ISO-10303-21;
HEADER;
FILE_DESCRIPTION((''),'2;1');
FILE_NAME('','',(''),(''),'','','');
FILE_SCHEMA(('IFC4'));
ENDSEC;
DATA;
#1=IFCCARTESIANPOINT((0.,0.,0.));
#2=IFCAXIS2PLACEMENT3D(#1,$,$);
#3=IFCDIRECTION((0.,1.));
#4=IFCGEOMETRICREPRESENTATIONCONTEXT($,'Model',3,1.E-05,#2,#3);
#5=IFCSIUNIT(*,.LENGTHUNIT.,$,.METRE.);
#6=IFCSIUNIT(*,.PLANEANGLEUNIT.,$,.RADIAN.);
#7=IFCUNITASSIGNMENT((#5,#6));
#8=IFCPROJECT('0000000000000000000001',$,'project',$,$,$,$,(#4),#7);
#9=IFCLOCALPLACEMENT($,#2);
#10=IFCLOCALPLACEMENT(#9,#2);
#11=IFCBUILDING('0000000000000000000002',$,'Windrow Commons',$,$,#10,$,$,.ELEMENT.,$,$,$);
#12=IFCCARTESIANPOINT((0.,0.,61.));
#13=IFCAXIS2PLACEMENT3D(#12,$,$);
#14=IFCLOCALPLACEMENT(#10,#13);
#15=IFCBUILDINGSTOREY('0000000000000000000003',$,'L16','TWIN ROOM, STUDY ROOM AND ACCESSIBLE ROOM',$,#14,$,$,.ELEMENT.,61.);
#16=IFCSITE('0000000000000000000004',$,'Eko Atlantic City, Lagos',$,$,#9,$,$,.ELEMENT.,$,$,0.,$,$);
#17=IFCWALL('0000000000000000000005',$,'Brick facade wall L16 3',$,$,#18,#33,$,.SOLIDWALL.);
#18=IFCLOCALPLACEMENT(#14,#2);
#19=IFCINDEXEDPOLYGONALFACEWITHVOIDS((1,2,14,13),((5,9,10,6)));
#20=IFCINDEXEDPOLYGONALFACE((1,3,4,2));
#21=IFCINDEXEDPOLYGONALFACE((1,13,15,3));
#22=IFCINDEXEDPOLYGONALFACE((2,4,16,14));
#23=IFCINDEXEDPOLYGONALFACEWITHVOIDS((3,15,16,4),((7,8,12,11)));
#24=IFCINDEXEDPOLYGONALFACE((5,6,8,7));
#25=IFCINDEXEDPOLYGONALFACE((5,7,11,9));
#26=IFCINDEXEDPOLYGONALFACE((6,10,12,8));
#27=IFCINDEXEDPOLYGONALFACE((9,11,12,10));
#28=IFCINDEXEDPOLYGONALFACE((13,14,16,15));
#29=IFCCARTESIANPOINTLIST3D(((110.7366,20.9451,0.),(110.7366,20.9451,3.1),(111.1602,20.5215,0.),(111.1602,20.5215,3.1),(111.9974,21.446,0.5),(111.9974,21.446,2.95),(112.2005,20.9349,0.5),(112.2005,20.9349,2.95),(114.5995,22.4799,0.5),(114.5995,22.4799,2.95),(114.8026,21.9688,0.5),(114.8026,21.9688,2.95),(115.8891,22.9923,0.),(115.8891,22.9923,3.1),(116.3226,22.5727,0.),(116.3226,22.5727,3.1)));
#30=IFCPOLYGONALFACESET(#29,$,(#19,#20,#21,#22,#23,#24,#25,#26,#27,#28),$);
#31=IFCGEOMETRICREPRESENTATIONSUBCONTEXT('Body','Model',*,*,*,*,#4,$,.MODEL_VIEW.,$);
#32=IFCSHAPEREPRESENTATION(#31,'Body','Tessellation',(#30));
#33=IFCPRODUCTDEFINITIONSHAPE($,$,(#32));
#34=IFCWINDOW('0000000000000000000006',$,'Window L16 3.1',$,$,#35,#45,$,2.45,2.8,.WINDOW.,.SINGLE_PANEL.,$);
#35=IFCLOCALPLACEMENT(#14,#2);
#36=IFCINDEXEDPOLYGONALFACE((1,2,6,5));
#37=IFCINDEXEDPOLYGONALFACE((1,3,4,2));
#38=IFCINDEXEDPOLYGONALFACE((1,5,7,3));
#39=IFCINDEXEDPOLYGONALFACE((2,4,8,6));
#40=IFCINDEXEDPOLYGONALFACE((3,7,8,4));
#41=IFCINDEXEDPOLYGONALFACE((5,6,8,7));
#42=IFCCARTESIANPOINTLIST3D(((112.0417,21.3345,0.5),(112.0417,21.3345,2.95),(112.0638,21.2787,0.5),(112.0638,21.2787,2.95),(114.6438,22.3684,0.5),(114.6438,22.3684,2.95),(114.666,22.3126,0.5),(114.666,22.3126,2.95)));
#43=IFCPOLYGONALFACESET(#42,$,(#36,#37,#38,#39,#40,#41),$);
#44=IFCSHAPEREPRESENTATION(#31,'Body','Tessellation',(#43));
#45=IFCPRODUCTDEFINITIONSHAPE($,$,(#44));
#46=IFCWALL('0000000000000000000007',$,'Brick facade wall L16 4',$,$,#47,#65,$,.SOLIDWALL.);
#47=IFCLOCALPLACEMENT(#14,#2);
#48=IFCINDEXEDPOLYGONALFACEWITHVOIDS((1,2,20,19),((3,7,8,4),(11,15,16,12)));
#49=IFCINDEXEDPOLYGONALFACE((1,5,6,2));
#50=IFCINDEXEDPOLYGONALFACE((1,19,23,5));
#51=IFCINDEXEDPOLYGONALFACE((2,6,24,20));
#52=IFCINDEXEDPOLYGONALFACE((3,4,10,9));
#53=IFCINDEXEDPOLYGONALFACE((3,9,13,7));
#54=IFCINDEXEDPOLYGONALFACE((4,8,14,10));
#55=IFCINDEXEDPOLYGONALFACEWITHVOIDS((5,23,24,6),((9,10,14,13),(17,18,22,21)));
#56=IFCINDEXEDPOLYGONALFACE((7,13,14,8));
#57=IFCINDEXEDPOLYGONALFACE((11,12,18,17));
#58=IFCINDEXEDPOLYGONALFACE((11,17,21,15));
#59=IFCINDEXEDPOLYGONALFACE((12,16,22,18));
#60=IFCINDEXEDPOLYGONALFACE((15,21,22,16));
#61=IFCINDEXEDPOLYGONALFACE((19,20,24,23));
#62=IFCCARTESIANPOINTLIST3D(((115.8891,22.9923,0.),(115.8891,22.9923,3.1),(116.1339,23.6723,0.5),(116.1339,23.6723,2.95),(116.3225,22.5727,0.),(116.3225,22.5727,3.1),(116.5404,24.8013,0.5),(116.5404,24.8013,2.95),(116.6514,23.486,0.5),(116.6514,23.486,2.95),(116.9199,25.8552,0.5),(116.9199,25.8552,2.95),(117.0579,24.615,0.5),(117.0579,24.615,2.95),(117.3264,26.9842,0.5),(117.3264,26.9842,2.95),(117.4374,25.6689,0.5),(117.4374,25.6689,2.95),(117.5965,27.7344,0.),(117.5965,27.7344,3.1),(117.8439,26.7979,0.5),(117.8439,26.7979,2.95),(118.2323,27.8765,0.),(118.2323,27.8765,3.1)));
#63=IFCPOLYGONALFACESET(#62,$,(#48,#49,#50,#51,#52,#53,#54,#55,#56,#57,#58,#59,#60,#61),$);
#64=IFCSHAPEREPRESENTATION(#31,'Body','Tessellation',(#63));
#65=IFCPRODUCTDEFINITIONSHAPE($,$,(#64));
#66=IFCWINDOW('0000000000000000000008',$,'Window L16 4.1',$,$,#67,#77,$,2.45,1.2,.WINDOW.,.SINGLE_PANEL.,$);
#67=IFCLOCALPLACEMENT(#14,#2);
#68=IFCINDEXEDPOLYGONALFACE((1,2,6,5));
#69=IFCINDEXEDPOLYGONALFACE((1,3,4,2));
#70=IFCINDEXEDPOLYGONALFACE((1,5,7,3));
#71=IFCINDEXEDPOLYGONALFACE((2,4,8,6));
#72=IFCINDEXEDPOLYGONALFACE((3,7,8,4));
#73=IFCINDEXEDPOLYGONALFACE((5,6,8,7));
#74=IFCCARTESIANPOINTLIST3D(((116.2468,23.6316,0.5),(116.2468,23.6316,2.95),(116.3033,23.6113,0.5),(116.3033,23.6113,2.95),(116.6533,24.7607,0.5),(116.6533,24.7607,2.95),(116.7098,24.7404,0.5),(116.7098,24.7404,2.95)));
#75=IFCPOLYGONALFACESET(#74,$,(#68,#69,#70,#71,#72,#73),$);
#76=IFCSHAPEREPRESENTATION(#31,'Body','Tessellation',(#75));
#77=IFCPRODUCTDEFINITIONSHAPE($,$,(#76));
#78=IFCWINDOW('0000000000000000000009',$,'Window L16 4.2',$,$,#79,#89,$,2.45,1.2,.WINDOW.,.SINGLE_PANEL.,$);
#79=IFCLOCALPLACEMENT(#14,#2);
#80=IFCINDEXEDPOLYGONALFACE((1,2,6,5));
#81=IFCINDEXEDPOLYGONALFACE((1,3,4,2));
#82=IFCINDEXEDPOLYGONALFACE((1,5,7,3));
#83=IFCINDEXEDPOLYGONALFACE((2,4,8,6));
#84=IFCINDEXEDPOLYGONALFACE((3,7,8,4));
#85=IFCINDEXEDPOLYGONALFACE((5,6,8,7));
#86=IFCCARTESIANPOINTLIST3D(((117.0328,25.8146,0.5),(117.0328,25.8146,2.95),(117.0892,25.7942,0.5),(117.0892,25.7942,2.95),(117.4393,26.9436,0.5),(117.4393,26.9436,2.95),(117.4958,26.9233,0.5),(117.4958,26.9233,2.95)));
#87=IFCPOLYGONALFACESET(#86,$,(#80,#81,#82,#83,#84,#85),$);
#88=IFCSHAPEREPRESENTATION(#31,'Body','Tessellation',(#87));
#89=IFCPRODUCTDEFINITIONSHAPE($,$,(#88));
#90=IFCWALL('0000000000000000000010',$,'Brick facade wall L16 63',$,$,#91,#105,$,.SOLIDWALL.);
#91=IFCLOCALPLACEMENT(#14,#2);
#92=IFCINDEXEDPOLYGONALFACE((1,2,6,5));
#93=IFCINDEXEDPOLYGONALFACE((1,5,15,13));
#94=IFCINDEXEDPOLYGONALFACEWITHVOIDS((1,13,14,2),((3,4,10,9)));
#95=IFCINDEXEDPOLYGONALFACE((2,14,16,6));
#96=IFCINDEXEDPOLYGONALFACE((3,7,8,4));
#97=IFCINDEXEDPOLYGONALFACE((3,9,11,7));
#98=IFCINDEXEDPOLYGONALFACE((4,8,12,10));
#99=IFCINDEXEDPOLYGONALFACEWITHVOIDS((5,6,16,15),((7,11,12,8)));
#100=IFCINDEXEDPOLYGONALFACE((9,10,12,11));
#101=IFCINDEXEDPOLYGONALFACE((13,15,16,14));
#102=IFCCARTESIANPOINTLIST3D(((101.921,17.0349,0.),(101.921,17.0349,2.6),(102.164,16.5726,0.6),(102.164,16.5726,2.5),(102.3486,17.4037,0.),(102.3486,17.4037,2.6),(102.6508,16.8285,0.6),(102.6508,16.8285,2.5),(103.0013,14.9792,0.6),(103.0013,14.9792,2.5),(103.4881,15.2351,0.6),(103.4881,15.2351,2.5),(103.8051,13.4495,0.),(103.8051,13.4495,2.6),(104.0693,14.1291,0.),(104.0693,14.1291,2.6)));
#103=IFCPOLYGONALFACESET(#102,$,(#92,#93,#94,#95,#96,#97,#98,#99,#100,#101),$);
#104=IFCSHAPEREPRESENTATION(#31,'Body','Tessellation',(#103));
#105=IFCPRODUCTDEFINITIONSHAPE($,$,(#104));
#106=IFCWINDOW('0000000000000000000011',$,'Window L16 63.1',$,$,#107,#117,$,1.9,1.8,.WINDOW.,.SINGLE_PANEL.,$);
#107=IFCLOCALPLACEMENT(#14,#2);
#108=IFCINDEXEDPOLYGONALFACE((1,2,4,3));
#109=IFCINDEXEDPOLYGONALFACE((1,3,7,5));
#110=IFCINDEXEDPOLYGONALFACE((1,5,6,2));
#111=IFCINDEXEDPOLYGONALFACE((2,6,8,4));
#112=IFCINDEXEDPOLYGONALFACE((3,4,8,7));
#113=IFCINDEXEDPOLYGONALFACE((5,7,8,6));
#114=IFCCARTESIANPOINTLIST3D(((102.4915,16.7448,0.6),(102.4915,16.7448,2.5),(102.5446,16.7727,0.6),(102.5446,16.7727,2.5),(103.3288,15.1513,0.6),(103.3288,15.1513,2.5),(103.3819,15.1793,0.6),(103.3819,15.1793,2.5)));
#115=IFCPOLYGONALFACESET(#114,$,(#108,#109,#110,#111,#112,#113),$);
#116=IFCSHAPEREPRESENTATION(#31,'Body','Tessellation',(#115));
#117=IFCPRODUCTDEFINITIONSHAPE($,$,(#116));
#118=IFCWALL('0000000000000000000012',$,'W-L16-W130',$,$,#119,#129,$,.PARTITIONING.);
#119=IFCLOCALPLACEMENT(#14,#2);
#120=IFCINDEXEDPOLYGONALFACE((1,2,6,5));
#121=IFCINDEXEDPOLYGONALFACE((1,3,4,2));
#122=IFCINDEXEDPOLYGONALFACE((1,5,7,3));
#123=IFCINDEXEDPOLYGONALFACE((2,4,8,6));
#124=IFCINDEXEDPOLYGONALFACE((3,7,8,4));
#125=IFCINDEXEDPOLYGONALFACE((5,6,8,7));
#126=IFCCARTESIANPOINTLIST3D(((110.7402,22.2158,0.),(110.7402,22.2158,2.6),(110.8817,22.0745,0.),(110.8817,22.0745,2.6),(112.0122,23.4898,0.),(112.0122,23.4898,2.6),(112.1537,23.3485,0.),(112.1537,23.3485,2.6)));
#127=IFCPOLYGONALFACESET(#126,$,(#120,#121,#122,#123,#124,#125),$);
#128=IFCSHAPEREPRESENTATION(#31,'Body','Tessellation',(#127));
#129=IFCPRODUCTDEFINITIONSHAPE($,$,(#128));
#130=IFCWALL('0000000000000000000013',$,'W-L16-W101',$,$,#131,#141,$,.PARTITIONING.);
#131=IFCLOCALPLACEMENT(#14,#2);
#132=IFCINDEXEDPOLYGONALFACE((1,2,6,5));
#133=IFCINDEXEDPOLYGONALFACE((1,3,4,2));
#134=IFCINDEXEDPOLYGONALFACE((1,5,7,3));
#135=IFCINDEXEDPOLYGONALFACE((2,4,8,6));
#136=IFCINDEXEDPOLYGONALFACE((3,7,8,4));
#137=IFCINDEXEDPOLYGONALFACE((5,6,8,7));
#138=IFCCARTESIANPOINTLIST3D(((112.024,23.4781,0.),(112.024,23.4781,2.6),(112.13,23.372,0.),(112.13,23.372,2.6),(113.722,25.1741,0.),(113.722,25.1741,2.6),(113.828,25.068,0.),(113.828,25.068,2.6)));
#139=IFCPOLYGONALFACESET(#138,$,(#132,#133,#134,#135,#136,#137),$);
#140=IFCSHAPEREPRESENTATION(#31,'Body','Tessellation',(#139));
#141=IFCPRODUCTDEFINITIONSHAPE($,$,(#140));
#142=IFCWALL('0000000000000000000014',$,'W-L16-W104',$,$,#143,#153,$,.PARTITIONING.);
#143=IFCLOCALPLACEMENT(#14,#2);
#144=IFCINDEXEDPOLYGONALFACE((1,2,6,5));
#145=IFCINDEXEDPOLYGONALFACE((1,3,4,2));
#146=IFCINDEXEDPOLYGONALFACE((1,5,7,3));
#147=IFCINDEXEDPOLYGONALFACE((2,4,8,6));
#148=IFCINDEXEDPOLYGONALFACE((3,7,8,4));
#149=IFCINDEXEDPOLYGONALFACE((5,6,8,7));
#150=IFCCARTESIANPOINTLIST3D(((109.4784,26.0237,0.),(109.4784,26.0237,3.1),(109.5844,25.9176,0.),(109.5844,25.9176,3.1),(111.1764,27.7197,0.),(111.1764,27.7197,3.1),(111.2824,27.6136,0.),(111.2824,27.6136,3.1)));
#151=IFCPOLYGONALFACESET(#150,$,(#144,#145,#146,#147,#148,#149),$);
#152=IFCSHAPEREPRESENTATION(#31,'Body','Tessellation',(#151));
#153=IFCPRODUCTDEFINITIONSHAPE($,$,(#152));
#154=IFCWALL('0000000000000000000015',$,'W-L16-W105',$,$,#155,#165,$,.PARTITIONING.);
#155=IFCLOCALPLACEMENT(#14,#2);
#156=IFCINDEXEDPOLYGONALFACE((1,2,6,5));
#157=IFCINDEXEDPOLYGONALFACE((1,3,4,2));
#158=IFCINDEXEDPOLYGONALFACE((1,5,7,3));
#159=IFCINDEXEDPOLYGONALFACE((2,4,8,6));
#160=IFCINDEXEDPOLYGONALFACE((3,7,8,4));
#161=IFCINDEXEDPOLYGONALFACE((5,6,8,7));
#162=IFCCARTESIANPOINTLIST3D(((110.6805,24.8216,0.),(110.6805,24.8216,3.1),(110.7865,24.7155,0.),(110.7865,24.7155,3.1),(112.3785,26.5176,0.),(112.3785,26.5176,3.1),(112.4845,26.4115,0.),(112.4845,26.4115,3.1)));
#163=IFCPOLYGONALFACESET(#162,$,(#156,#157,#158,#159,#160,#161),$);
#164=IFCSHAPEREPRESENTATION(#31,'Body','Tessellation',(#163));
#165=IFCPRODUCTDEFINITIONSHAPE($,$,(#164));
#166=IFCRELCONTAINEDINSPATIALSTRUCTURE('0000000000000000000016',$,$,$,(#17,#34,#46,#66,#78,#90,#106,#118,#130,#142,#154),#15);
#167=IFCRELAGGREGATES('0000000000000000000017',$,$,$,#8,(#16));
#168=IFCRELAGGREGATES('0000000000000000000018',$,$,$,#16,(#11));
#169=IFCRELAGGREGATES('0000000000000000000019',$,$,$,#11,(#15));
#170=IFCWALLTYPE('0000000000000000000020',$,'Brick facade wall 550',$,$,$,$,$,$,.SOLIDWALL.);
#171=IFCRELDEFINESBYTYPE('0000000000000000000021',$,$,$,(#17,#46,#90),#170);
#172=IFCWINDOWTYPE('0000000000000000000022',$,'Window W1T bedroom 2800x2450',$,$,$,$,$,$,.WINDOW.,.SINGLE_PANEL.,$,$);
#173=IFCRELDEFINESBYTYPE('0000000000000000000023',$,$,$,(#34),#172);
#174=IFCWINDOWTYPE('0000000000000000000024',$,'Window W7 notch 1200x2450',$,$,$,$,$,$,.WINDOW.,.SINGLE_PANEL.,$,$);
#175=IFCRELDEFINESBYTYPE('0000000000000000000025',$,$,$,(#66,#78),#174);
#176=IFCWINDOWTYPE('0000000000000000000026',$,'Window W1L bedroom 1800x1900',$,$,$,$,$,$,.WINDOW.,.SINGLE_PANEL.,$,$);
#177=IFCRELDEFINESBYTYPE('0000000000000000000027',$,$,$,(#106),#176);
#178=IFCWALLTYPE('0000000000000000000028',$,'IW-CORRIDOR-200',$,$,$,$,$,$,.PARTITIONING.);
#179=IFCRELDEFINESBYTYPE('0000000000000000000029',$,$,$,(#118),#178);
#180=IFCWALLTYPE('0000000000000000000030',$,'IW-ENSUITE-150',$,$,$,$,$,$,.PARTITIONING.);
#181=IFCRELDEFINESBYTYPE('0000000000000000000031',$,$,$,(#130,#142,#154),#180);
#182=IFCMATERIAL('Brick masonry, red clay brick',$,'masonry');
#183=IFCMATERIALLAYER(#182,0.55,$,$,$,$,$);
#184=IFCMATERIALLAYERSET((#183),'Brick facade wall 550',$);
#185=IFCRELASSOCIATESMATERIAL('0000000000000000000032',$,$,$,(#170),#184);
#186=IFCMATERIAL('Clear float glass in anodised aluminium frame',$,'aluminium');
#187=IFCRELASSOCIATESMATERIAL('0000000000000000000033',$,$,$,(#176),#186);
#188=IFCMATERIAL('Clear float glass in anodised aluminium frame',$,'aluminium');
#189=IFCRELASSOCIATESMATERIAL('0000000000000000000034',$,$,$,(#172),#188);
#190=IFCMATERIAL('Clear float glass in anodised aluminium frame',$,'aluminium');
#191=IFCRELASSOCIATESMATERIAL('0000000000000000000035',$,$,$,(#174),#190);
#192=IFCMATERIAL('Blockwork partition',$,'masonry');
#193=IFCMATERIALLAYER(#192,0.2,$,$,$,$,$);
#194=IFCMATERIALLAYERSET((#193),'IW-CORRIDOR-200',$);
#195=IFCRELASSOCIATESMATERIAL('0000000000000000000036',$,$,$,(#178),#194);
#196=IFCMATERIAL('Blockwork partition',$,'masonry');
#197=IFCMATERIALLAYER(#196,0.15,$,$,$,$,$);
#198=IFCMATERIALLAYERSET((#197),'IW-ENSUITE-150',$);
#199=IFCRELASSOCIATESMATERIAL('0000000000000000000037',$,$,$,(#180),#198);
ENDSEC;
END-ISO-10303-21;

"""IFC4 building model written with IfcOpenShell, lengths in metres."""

from ifc_helpers import new_model, si_unit, direction, frame, frame_2d, origin, place, context, subcontext, project, spatial, polyline, rectangle, outline, extrude, material, layer, layer_set, type_object, element, fill, save


model = new_model("IFC4")

# Units and contexts
model_context = context("Model", 3, precision=1e-05, world=origin(), true_north=direction((0.0, 1.0)))
body_context = subcontext(model_context, "Body", "Model", "MODEL_VIEW")
ifc_project = project(units=[si_unit("LENGTHUNIT", "METRE"), si_unit("PLANEANGLEUNIT", "RADIAN")], contexts=[model_context])

# Site, building, storey
site_placement = place(None, origin())
site = spatial("IfcSite", under=ifc_project, at=site_placement, Name="Eko Atlantic City, Lagos", CompositionType="ELEMENT", RefElevation=0.0)
building_placement = place(site_placement, origin())
building = spatial("IfcBuilding", under=site, at=building_placement, Name="Windrow Commons", CompositionType="ELEMENT")
storey_placement = place(building_placement, frame((0.0, 0.0, 61.0)))
storey = spatial("IfcBuildingStorey", under=building, at=storey_placement, Name="L16", Description="TWIN ROOM, STUDY ROOM AND ACCESSIBLE ROOM", CompositionType="ELEMENT", Elevation=61.0)

# Shared definitions
ifc_material_1 = material(Name="Brick masonry, red clay brick", Category="masonry")
ifc_layer_1 = layer(ifc_material_1, 0.55)
ifc_layer_set_1 = layer_set([ifc_layer_1], Name="Brick facade wall 550")
wall_type_1 = type_object("IfcWallType", Name="Brick facade wall 550", PredefinedType="SOLIDWALL", material=ifc_layer_set_1)
ifc_material_2 = material(Name="Clear float glass in anodised aluminium frame", Category="aluminium")
window_type_1 = type_object("IfcWindowType", Name="Window W1L bedroom 1800x1900", PartitioningType="SINGLE_PANEL", PredefinedType="WINDOW", material=ifc_material_2)

# Wall, opening, window
wall_1_placement = place(storey_placement, frame((110.9484, 20.7333, 0.0), z_axis=(0.0, 0.0, 1.0), x_axis=(0.929329, 0.369252, 0.0)))
wall_1 = element("IfcWall", 1, at=wall_1_placement, inside=storey, type_object=wall_type_1, Name="Brick facade wall L16 3", PredefinedType="SOLIDWALL", context=body_context, shape_type="SweptSolid", body=[
    extrude(outline(polyline([(0.1186, -0.275), (5.6736, -0.275), (5.4257, 0.275), (-0.1186, 0.275), (0.1186, -0.275)])), origin(), (0.0, 0.0, 1.0), 3.1),
])
opening_1_placement = place(wall_1_placement, frame((1.238, 0.0, 0.5)))
opening_1 = element("IfcOpeningElement", 2, at=opening_1_placement, cuts=wall_1, PredefinedType="OPENING", context=body_context, shape_type="SweptSolid", body=[
    extrude(rectangle(XDim=2.8, YDim=2.45, at=frame_2d((1.4, 1.225))), frame((0.0, 0.285, 0.0), z_axis=(0.0, -1.0, 0.0), x_axis=(1.0, 0.0, 0.0)), (0.0, 0.0, 1.0), 0.57),
])
ifc_material_3 = material(Name="Clear float glass in anodised aluminium frame", Category="aluminium")
window_type_2 = type_object("IfcWindowType", Name="Window W1T bedroom 2800x2450", PartitioningType="SINGLE_PANEL", PredefinedType="WINDOW", material=ifc_material_3)
window_1_placement = place(opening_1_placement, origin())
window_1 = element("IfcWindow", 3, at=window_1_placement, inside=storey, type_object=window_type_2, Name="Window L16 3.1", OverallHeight=2.45, OverallWidth=2.8, PartitioningType="SINGLE_PANEL", PredefinedType="WINDOW", context=body_context, shape_type="SweptSolid", body=[
    extrude(rectangle(XDim=2.8, YDim=2.45, at=frame_2d((1.4, 1.225))), frame((0.0, 0.155, 0.0), z_axis=(0.0, -1.0, 0.0), x_axis=(1.0, 0.0, 0.0)), (0.0, 0.0, 1.0), 0.06),
])
fill(opening_1, window_1)

# Wall, openings, windows
wall_2_placement = place(storey_placement, frame((116.1058, 22.7825, 0.0), z_axis=(0.0, 0.0, 1.0), x_axis=(0.338773, 0.940868, 0.0)))
wall_2 = element("IfcWall", 4, at=wall_2_placement, inside=storey, type_object=wall_type_1, Name="Brick facade wall L16 4", PredefinedType="SOLIDWALL", context=body_context, shape_type="SweptSolid", body=[
    extrude(outline(polyline([(-0.124, -0.275), (5.5132, -0.275), (5.1641, 0.275), (0.124, 0.275), (-0.124, -0.275)])), origin(), (0.0, 0.0, 1.0), 3.1),
])
opening_2_placement = place(wall_2_placement, frame((0.8467, 0.0, 0.5)))
opening_2 = element("IfcOpeningElement", 5, at=opening_2_placement, cuts=wall_2, PredefinedType="OPENING", context=body_context, shape_type="SweptSolid", body=[
    extrude(rectangle(XDim=1.2, YDim=2.45, at=frame_2d((0.6, 1.225))), frame((0.0, 0.285, 0.0), z_axis=(0.0, -1.0, 0.0), x_axis=(1.0, 0.0, 0.0)), (0.0, 0.0, 1.0), 0.57),
])
opening_3_placement = place(wall_2_placement, frame((3.1668, 0.0, 0.5)))
opening_3 = element("IfcOpeningElement", 6, at=opening_3_placement, cuts=wall_2, PredefinedType="OPENING", context=body_context, shape_type="SweptSolid", body=[
    extrude(rectangle(XDim=1.2, YDim=2.45, at=frame_2d((0.6, 1.225))), frame((0.0, 0.285, 0.0), z_axis=(0.0, -1.0, 0.0), x_axis=(1.0, 0.0, 0.0)), (0.0, 0.0, 1.0), 0.57),
])
ifc_material_4 = material(Name="Clear float glass in anodised aluminium frame", Category="aluminium")
window_type_3 = type_object("IfcWindowType", Name="Window W7 notch 1200x2450", PartitioningType="SINGLE_PANEL", PredefinedType="WINDOW", material=ifc_material_4)
window_2_placement = place(opening_2_placement, origin())
window_2 = element("IfcWindow", 7, at=window_2_placement, inside=storey, type_object=window_type_3, Name="Window L16 4.1", OverallHeight=2.45, OverallWidth=1.2, PartitioningType="SINGLE_PANEL", PredefinedType="WINDOW", context=body_context, shape_type="SweptSolid", body=[
    extrude(rectangle(XDim=1.2, YDim=2.45, at=frame_2d((0.6, 1.225))), frame((0.0, 0.155, 0.0), z_axis=(0.0, -1.0, 0.0), x_axis=(1.0, 0.0, 0.0)), (0.0, 0.0, 1.0), 0.06),
])
fill(opening_2, window_2)
window_3_placement = place(opening_3_placement, origin())
window_3 = element("IfcWindow", 8, at=window_3_placement, inside=storey, type_object=window_type_3, Name="Window L16 4.2", OverallHeight=2.45, OverallWidth=1.2, PartitioningType="SINGLE_PANEL", PredefinedType="WINDOW", context=body_context, shape_type="SweptSolid", body=[
    extrude(rectangle(XDim=1.2, YDim=2.45, at=frame_2d((0.6, 1.225))), frame((0.0, 0.155, 0.0), z_axis=(0.0, -1.0, 0.0), x_axis=(1.0, 0.0, 0.0)), (0.0, 0.0, 1.0), 0.06),
])
fill(opening_3, window_3)

# Wall, opening, window
wall_3_placement = place(storey_placement, frame((102.1348, 17.2193, 0.0), z_axis=(0.0, 0.0, 1.0), x_axis=(0.465168, -0.885223, 0.0)))
wall_3 = element("IfcWall", 9, at=wall_3_placement, inside=storey, type_object=wall_type_1, Name="Brick facade wall L16 63", PredefinedType="SOLIDWALL", context=body_context, shape_type="SweptSolid", body=[
    extrude(outline(polyline([(0.0638, -0.275), (4.1141, -0.275), (3.6354, 0.275), (-0.0638, 0.275), (0.0638, -0.275)])), origin(), (0.0, 0.0, 1.0), 2.6),
])
opening_4_placement = place(wall_3_placement, frame((0.586, 0.0, 0.6)))
opening_4 = element("IfcOpeningElement", 10, at=opening_4_placement, cuts=wall_3, PredefinedType="OPENING", context=body_context, shape_type="SweptSolid", body=[
    extrude(rectangle(XDim=1.8, YDim=1.9, at=frame_2d((0.9, 0.95))), frame((0.0, 0.285, 0.0), z_axis=(0.0, -1.0, 0.0), x_axis=(1.0, 0.0, 0.0)), (0.0, 0.0, 1.0), 0.57),
])
window_4_placement = place(opening_4_placement, origin())
window_4 = element("IfcWindow", 11, at=window_4_placement, inside=storey, type_object=window_type_1, Name="Window L16 63.1", OverallHeight=1.9, OverallWidth=1.8, PartitioningType="SINGLE_PANEL", PredefinedType="WINDOW", context=body_context, shape_type="SweptSolid", body=[
    extrude(rectangle(XDim=1.8, YDim=1.9, at=frame_2d((0.9, 0.95))), frame((0.0, 0.155, 0.0), z_axis=(0.0, -1.0, 0.0), x_axis=(1.0, 0.0, 0.0)), (0.0, 0.0, 1.0), 0.06),
])
fill(opening_4, window_4)

# Walls
ifc_material_5 = material(Name="Blockwork partition", Category="masonry")
ifc_layer_2 = layer(ifc_material_5, 0.2)
ifc_layer_set_2 = layer_set([ifc_layer_2], Name="IW-CORRIDOR-200")
wall_type_2 = type_object("IfcWallType", Name="IW-CORRIDOR-200", PredefinedType="PARTITIONING", material=ifc_layer_set_2)
wall_4_placement = place(storey_placement, frame((110.8109, 22.1451, 0.0), z_axis=(0.0, 0.0, 1.0), x_axis=(0.706551, 0.707662, 0.0)))
element("IfcWall", 12, at=wall_4_placement, inside=storey, type_object=wall_type_2, Name="W-L16-W130", PredefinedType="PARTITIONING", context=body_context, shape_type="SweptSolid", body=[
    extrude(rectangle(XDim=1.8003, YDim=0.2, at=frame_2d((0.9002, 0.0))), origin(), (0.0, 0.0, 1.0), 2.6),
])
ifc_material_6 = material(Name="Blockwork partition", Category="masonry")
ifc_layer_3 = layer(ifc_material_6, 0.15)
ifc_layer_set_3 = layer_set([ifc_layer_3], Name="IW-ENSUITE-150")
wall_type_3 = type_object("IfcWallType", Name="IW-ENSUITE-150", PredefinedType="PARTITIONING", material=ifc_layer_set_3)
wall_5_placement = place(storey_placement, frame((112.077, 23.425, 0.0), z_axis=(0.0, 0.0, 1.0), x_axis=(0.707523, 0.70669, 0.0)))
element("IfcWall", 13, at=wall_5_placement, inside=storey, type_object=wall_type_3, Name="W-L16-W101", PredefinedType="PARTITIONING", context=body_context, shape_type="SweptSolid", body=[
    extrude(rectangle(XDim=2.3999, YDim=0.15, at=frame_2d((1.2, 0.0))), origin(), (0.0, 0.0, 1.0), 2.6),
])
for number, where, z_axis, x_axis, name in (
    (14, (109.5314, 25.9706, 0.0), (0.0, 0.0, 1.0), (0.707523, 0.70669, 0.0), "W-L16-W104"),
    (15, (110.7335, 24.7685, 0.0), (0.0, 0.0, 1.0), (0.707523, 0.70669, 0.0), "W-L16-W105"),
):
    element("IfcWall", number, at=place(storey_placement, frame(where, z_axis=z_axis, x_axis=x_axis)), inside=storey, type_object=wall_type_3, Name=name, PredefinedType="PARTITIONING", context=body_context, shape_type="SweptSolid", body=[
        extrude(rectangle(XDim=2.3999, YDim=0.15, at=frame_2d((1.2, 0.0))), origin(), (0.0, 0.0, 1.0), 3.1),
    ])

save(model, "model.ifc")
